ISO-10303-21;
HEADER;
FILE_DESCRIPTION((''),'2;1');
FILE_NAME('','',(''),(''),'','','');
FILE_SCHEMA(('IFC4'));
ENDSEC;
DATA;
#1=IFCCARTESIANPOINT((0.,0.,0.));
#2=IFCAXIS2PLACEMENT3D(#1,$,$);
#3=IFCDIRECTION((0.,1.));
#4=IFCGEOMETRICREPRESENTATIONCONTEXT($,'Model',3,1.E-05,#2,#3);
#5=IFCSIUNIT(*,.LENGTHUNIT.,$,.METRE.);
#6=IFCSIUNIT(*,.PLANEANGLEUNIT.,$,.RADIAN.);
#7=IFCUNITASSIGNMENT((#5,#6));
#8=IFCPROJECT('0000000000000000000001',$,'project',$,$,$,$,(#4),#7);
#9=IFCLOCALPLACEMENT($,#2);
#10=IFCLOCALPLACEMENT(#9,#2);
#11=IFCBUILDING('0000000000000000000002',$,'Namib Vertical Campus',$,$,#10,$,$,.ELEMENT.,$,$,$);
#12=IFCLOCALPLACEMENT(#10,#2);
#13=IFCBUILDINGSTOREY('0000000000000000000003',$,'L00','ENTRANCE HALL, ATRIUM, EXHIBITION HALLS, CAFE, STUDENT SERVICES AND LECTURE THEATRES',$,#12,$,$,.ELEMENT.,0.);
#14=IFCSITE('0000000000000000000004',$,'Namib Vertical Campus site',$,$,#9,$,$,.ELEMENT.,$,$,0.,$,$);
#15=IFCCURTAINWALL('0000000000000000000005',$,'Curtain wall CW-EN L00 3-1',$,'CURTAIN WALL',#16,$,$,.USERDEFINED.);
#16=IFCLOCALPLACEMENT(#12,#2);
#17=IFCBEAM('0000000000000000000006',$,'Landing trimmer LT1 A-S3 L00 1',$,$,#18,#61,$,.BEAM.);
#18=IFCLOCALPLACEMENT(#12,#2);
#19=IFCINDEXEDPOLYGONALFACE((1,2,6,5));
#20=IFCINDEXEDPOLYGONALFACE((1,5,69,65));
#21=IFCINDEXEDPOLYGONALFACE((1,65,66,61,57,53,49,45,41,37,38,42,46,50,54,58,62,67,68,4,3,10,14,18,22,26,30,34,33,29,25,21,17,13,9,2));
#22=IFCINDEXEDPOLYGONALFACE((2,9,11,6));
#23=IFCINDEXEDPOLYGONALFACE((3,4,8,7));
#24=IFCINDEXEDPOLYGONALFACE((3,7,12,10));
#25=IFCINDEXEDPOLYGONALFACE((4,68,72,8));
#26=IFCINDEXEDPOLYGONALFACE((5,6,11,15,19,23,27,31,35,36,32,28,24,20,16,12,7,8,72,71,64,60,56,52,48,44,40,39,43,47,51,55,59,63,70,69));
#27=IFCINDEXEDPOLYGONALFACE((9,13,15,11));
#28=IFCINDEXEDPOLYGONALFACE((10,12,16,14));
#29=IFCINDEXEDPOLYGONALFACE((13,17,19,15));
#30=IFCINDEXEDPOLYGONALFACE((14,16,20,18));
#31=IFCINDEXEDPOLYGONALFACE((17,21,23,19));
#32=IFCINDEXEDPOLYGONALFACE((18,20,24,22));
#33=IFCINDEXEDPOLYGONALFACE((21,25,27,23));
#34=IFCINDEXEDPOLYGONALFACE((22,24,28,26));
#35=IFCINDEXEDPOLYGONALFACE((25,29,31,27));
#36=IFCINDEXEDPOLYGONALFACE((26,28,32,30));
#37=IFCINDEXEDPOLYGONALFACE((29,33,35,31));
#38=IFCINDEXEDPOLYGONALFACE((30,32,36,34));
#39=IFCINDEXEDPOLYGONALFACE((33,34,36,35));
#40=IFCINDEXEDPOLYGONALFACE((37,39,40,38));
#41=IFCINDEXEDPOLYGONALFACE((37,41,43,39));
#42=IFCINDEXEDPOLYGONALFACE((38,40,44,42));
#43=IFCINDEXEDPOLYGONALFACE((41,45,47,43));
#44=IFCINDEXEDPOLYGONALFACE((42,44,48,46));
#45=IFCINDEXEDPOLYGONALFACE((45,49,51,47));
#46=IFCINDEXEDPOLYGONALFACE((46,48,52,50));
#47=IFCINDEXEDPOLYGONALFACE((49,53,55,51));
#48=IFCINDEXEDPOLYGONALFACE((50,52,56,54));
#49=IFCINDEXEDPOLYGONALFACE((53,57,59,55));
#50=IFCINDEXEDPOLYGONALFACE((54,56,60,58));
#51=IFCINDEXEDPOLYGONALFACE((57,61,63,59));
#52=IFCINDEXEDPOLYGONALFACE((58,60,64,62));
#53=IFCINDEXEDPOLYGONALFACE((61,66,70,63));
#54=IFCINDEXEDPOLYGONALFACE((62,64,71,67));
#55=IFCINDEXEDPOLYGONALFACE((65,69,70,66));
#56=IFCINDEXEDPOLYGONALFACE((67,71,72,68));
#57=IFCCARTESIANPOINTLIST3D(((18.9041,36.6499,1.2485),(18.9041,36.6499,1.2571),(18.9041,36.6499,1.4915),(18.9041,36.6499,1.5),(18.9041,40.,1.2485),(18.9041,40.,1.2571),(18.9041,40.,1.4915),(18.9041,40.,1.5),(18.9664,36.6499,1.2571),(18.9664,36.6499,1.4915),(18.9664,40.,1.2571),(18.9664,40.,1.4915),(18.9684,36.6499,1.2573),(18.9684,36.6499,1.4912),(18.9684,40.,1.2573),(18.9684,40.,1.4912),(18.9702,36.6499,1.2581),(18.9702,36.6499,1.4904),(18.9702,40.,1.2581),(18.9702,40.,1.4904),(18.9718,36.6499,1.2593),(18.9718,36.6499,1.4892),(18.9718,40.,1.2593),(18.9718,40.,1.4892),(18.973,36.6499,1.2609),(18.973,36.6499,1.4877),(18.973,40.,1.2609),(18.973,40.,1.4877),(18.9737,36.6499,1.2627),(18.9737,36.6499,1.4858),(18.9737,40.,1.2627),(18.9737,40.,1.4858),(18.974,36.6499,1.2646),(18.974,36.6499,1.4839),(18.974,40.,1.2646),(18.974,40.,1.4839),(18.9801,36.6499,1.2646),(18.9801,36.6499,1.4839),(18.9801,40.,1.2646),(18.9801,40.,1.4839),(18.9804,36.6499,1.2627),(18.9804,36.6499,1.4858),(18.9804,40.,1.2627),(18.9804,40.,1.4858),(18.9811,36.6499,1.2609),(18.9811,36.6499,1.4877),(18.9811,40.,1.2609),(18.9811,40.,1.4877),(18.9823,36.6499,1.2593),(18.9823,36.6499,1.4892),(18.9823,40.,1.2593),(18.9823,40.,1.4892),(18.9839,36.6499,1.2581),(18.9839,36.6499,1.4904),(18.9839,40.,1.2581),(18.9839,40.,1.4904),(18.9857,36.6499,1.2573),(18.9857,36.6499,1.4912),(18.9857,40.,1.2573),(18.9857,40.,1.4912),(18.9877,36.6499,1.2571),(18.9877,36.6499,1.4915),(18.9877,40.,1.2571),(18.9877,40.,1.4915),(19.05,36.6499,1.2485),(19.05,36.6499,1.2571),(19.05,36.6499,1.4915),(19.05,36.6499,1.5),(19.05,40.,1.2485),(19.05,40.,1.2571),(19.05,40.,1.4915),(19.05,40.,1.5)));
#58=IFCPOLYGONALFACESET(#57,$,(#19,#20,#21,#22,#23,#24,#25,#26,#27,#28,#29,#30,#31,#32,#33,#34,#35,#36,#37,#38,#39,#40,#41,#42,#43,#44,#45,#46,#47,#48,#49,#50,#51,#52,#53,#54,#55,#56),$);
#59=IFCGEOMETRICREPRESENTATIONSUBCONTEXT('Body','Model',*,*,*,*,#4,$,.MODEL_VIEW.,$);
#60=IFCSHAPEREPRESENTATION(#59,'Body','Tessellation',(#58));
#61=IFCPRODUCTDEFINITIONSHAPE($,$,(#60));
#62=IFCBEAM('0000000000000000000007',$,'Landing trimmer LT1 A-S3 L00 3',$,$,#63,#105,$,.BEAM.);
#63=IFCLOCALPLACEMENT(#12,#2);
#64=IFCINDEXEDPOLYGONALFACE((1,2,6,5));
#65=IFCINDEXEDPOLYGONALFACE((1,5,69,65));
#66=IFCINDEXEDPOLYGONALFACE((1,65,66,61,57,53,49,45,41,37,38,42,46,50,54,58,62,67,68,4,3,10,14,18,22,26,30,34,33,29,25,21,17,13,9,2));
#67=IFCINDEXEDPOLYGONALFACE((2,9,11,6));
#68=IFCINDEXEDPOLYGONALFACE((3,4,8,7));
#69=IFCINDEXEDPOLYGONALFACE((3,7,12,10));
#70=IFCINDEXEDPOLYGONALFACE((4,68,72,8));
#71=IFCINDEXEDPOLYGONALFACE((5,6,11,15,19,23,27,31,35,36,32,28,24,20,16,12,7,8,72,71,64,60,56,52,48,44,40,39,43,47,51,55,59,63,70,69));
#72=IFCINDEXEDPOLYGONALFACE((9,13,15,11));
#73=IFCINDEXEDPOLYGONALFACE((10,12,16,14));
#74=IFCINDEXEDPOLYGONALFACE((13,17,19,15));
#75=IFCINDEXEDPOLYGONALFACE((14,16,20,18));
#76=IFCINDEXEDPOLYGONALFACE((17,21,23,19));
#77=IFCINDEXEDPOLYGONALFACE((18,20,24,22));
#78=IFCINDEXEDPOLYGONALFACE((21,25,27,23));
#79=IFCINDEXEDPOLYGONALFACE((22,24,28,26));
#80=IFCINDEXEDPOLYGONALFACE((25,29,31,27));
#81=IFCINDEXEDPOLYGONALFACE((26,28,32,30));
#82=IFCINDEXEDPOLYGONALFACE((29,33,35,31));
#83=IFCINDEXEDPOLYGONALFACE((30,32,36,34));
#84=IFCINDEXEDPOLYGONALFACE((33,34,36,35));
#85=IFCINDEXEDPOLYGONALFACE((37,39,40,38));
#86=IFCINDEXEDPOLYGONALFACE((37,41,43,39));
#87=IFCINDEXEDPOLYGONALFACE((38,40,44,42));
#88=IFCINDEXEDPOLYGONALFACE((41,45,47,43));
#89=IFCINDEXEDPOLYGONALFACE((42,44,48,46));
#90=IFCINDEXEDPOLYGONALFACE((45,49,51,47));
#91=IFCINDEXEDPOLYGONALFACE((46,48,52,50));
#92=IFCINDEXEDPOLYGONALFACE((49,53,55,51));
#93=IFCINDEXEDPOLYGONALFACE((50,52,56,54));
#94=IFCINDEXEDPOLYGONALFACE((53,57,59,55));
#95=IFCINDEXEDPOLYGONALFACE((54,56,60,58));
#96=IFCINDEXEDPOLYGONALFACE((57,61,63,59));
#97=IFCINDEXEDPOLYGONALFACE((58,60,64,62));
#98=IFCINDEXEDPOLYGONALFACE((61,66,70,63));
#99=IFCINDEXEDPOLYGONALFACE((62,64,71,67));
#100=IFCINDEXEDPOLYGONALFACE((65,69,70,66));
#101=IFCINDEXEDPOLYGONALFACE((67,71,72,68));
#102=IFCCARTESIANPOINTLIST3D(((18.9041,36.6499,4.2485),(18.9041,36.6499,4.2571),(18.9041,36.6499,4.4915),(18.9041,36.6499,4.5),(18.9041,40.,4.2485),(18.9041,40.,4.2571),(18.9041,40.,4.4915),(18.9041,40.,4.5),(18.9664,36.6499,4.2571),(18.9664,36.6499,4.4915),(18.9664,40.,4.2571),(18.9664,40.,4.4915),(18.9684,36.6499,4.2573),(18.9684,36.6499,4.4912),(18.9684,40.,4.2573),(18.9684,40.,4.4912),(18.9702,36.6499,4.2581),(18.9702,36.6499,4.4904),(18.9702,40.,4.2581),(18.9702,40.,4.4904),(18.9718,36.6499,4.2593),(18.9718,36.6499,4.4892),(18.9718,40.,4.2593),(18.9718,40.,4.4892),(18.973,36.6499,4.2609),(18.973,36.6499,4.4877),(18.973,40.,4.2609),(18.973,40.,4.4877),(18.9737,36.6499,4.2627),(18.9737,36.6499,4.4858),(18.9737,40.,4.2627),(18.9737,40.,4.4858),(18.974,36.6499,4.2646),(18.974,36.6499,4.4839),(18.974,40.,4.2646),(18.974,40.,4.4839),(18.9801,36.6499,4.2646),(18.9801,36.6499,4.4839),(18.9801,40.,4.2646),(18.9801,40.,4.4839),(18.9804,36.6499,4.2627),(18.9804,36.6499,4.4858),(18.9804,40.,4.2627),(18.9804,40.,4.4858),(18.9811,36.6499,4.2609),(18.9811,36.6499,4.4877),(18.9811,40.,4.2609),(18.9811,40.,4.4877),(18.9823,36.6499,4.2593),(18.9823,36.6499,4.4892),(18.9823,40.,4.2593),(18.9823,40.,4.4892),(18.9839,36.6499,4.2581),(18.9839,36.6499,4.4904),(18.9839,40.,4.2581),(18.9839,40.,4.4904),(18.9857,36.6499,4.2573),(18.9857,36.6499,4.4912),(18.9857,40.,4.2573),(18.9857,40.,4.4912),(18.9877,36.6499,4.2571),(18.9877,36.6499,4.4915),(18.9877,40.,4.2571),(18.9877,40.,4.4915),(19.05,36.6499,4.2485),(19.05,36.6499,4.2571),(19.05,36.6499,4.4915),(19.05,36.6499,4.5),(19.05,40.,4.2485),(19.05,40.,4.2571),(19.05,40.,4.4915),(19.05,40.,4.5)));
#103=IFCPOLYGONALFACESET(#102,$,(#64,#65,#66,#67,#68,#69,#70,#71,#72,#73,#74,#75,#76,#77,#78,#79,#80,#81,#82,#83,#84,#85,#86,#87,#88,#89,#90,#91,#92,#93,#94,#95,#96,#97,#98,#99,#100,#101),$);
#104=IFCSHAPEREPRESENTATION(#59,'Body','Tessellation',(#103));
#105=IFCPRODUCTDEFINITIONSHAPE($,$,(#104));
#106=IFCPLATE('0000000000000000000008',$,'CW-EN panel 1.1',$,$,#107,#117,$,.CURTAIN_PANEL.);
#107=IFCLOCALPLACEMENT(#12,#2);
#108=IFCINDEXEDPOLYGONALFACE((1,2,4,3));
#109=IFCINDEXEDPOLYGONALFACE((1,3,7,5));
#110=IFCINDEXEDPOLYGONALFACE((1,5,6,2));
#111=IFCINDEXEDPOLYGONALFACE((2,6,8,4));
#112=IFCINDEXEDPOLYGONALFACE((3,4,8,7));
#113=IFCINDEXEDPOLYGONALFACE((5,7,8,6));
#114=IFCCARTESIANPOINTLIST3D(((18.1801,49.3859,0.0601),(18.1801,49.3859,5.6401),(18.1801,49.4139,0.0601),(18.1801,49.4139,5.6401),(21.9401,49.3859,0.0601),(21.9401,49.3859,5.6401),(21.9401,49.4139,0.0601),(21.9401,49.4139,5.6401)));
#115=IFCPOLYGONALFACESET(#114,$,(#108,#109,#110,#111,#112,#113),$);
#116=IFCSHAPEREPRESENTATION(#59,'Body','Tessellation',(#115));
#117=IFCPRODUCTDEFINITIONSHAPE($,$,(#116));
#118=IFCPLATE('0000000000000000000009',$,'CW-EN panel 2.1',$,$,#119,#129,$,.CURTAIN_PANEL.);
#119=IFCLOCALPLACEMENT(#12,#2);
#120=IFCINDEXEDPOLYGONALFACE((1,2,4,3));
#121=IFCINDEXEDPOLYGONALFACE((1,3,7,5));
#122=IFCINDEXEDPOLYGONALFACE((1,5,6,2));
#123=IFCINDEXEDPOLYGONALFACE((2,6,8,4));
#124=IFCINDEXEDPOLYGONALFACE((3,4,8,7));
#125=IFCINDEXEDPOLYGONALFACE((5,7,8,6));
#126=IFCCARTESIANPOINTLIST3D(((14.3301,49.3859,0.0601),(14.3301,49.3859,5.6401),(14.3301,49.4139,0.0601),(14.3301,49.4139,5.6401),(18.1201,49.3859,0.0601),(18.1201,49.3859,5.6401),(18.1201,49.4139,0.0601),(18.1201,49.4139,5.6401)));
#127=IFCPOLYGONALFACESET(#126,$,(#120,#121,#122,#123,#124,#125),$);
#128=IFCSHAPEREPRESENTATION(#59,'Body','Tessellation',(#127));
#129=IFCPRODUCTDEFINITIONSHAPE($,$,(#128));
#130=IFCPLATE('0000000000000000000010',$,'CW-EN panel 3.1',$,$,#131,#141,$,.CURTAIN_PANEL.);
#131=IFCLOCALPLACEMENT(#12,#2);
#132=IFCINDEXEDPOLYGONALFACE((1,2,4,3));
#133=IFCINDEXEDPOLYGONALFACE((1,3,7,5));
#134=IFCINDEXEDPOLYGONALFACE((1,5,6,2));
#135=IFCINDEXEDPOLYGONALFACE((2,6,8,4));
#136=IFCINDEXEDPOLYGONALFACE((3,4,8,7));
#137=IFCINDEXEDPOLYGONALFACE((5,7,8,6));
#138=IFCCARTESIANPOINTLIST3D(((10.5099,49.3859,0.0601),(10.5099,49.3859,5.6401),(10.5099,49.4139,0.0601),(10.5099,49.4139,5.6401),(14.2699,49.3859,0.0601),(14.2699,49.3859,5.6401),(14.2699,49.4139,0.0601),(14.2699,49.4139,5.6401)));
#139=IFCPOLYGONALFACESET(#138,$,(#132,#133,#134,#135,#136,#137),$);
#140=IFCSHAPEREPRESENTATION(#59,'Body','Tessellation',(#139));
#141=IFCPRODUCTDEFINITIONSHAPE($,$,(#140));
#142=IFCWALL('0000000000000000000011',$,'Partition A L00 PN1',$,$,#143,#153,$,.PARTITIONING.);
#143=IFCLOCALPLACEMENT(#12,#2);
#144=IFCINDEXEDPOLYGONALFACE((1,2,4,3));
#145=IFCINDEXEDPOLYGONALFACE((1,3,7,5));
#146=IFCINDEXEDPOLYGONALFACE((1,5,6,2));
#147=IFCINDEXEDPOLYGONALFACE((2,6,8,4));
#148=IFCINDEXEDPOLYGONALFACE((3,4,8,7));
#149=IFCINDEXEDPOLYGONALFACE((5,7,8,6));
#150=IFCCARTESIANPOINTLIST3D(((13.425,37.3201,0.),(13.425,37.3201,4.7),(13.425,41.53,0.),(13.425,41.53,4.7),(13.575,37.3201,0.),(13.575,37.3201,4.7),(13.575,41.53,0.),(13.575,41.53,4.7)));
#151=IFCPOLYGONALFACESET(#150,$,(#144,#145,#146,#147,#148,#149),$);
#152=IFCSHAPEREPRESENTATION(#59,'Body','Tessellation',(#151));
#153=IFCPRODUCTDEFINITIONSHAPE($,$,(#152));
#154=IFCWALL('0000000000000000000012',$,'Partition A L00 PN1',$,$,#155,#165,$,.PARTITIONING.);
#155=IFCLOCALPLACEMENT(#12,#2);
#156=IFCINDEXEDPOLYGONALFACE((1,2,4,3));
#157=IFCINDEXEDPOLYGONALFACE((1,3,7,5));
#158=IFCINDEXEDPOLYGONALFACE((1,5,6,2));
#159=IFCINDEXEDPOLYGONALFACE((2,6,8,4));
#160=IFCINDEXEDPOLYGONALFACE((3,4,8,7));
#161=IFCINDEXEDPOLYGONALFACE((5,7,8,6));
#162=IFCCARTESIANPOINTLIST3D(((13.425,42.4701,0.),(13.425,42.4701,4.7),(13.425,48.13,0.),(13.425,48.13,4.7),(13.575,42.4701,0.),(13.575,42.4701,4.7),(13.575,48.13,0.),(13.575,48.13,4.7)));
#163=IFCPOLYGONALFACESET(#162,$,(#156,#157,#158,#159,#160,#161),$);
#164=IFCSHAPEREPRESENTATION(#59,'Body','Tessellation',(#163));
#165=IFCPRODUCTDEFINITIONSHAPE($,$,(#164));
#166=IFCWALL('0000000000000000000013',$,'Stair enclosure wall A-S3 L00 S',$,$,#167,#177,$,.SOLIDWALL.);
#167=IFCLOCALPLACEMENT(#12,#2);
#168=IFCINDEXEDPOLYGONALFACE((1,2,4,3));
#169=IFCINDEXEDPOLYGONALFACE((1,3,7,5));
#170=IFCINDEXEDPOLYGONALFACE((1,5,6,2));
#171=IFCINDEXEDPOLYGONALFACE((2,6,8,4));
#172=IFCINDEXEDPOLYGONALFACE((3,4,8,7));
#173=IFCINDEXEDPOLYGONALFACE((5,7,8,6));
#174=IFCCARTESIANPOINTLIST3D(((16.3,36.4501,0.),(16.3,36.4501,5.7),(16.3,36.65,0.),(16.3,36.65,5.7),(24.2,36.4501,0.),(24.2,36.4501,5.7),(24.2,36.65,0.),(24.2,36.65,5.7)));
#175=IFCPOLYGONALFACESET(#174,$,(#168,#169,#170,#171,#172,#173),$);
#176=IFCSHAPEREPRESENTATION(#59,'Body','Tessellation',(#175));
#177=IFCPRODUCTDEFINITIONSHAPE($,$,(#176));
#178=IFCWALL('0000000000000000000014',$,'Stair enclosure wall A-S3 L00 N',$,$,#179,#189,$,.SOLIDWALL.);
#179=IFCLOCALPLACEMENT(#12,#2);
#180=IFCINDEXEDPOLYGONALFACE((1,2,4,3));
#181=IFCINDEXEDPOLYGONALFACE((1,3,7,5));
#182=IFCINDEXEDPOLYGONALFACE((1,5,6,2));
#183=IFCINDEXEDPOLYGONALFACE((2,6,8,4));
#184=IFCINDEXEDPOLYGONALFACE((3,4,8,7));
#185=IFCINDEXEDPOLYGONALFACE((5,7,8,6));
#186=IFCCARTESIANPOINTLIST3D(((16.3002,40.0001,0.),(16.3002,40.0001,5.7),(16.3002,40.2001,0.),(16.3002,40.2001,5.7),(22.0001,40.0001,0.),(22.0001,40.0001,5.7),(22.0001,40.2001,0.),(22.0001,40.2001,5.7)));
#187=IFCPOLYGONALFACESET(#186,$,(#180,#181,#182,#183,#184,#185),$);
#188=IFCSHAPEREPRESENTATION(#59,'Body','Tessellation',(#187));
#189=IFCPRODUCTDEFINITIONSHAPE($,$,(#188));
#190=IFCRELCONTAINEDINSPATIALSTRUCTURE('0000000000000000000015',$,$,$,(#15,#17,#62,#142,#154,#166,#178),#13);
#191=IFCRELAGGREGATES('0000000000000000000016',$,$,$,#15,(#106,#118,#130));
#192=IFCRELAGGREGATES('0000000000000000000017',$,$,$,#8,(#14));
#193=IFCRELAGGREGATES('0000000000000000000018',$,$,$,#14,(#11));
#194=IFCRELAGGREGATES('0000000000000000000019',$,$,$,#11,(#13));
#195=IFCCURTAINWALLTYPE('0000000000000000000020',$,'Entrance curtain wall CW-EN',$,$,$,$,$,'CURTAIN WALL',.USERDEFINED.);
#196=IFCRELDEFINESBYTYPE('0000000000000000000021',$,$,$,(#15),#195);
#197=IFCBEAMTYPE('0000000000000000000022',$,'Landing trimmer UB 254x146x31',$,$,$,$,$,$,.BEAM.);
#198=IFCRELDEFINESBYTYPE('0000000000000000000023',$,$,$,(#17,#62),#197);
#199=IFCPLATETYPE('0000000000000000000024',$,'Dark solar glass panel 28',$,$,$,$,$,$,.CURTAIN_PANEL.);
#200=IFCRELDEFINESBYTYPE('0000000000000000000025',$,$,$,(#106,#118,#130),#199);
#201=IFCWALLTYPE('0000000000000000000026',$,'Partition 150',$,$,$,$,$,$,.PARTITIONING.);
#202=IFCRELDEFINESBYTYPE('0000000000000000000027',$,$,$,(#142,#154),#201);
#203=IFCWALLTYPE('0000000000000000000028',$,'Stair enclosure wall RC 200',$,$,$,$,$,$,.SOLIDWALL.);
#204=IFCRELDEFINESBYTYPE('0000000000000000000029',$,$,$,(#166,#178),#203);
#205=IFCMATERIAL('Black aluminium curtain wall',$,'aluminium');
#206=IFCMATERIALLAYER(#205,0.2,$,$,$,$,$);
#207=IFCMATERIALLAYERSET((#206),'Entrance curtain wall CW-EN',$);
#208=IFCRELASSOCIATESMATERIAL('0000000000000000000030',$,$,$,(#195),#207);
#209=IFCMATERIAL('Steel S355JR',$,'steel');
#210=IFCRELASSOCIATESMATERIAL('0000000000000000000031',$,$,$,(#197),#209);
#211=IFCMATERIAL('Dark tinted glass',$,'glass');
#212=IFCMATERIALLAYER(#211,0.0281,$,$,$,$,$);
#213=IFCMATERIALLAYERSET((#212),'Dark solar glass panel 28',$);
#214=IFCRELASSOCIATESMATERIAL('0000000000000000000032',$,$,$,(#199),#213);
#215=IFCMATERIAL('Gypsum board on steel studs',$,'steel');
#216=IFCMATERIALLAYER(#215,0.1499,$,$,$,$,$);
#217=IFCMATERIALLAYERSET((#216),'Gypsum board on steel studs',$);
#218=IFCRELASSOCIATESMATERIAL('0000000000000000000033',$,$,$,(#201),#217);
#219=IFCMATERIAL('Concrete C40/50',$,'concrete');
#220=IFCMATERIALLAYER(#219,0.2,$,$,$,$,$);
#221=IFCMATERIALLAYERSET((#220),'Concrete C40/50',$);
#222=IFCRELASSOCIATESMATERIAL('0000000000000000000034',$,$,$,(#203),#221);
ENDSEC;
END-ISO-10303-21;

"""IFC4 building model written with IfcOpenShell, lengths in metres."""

from ifc_helpers import new_model, si_unit, direction, frame, frame_2d, origin, origin_2d, place, context, subcontext, project, spatial, rectangle, i_section, extrude, material, layer, layer_set, material_profile, profile_set, type_object, element, aggregate, save


model = new_model("IFC4")

# Units and contexts
model_context = context("Model", 3, precision=1e-05, world=origin(), true_north=direction((0.0, 1.0)))
body_context = subcontext(model_context, "Body", "Model", "MODEL_VIEW")
ifc_project = project(units=[si_unit("LENGTHUNIT", "METRE"), si_unit("PLANEANGLEUNIT", "RADIAN")], contexts=[model_context])

# Site, building, storey
site_placement = place(None, origin())
site = spatial("IfcSite", under=ifc_project, at=site_placement, Name="Namib Vertical Campus site", CompositionType="ELEMENT", RefElevation=0.0)
building_placement = place(site_placement, origin())
building = spatial("IfcBuilding", under=site, at=building_placement, Name="Namib Vertical Campus", CompositionType="ELEMENT")
storey_placement = place(building_placement, origin())
storey = spatial("IfcBuildingStorey", under=building, at=storey_placement, Name="L00", Description="ENTRANCE HALL, ATRIUM, EXHIBITION HALLS, CAFE, STUDENT SERVICES AND LECTURE THEATRES", CompositionType="ELEMENT", Elevation=0.0)

# Curtain wall
ifc_material_1 = material(Name="Black aluminium curtain wall", Category="aluminium")
ifc_layer_1 = layer(ifc_material_1, 0.2)
ifc_layer_set_1 = layer_set([ifc_layer_1], Name="Entrance curtain wall CW-EN")
curtain_wall_type = type_object("IfcCurtainWallType", Name="Entrance curtain wall CW-EN", ElementType="CURTAIN WALL", PredefinedType="USERDEFINED", material=ifc_layer_set_1)
curtain_wall_placement = place(storey_placement, origin())
curtain_wall = element("IfcCurtainWall", 1, at=curtain_wall_placement, inside=storey, type_object=curtain_wall_type, Name="Curtain wall CW-EN L00 3-1", ObjectType="CURTAIN WALL", PredefinedType="USERDEFINED")

# Beams
ifc_material_2 = material(Name="Steel S355JR", Category="steel")
ifc_material_profile_1 = material_profile(ifc_material_2, i_section(OverallWidth=0.146, OverallDepth=0.2515, WebThickness=0.0061, FlangeThickness=0.0085, FilletRadius=0.0076, at=origin_2d()))
ifc_profile_set_1 = profile_set([ifc_material_profile_1], Name="Steel S355JR")
beam_type = type_object("IfcBeamType", Name="Landing trimmer UB 254x146x31", PredefinedType="BEAM", material=ifc_profile_set_1)
for number, where, z_axis, x_axis, name in (
    (2, (18.9771, 36.6499, 1.3743), (0.0, 1.0, 0.0), (-1.0, 0.0, 0.0), "Landing trimmer LT1 A-S3 L00 1"),
    (3, (18.9771, 36.6499, 4.3743), (0.0, 1.0, 0.0), (-1.0, 0.0, 0.0), "Landing trimmer LT1 A-S3 L00 3"),
):
    element("IfcBeam", number, at=place(storey_placement, frame(where, z_axis=z_axis, x_axis=x_axis)), inside=storey, type_object=beam_type, Name=name, PredefinedType="BEAM", context=body_context, shape_type="SweptSolid", body=[
        extrude(i_section(OverallWidth=0.146, OverallDepth=0.2515, WebThickness=0.0061, FlangeThickness=0.0085, FilletRadius=0.0076, at=origin_2d()), origin(), (0.0, 0.0, 1.0), 3.3501),
    ])

# Plates
ifc_material_3 = material(Name="Dark tinted glass", Category="glass")
ifc_layer_2 = layer(ifc_material_3, 0.0281)
ifc_layer_set_2 = layer_set([ifc_layer_2], Name="Dark solar glass panel 28")
plate_type = type_object("IfcPlateType", Name="Dark solar glass panel 28", PredefinedType="CURTAIN_PANEL", material=ifc_layer_set_2)
plate_1_placement = place(storey_placement, frame((20.0601, 49.3999, 0.0601), z_axis=(0.0, 0.0, 1.0), x_axis=(-1.0, 0.0, 0.0)))
plate_1 = element("IfcPlate", 4, at=plate_1_placement, type_object=plate_type, Name="CW-EN panel 1.1", PredefinedType="CURTAIN_PANEL", context=body_context, shape_type="SweptSolid", body=[
    extrude(rectangle(XDim=3.76, YDim=0.0281, at=origin_2d()), origin(), (0.0, 0.0, 1.0), 5.5801),
])
plate_2_placement = place(storey_placement, frame((16.2251, 49.3999, 0.0601), z_axis=(0.0, 0.0, 1.0), x_axis=(-1.0, 0.0, 0.0)))
plate_2 = element("IfcPlate", 5, at=plate_2_placement, type_object=plate_type, Name="CW-EN panel 2.1", PredefinedType="CURTAIN_PANEL", context=body_context, shape_type="SweptSolid", body=[
    extrude(rectangle(XDim=3.79, YDim=0.0281, at=origin_2d()), origin(), (0.0, 0.0, 1.0), 5.5801),
])
plate_3_placement = place(storey_placement, frame((12.3899, 49.3999, 0.0601), z_axis=(0.0, 0.0, 1.0), x_axis=(-1.0, 0.0, 0.0)))
plate_3 = element("IfcPlate", 6, at=plate_3_placement, type_object=plate_type, Name="CW-EN panel 3.1", PredefinedType="CURTAIN_PANEL", context=body_context, shape_type="SweptSolid", body=[
    extrude(rectangle(XDim=3.76, YDim=0.0281, at=origin_2d()), origin(), (0.0, 0.0, 1.0), 5.5801),
])
aggregate(curtain_wall, [plate_1, plate_2, plate_3])

# Walls
ifc_material_4 = material(Name="Gypsum board on steel studs", Category="steel")
ifc_layer_3 = layer(ifc_material_4, 0.1499)
ifc_layer_set_3 = layer_set([ifc_layer_3], Name="Gypsum board on steel studs")
wall_type_1 = type_object("IfcWallType", Name="Partition 150", PredefinedType="PARTITIONING", material=ifc_layer_set_3)
wall_1_placement = place(storey_placement, frame((13.5, 37.3201, 0.0), z_axis=(0.0, 0.0, 1.0), x_axis=(0.0, 1.0, 0.0)))
element("IfcWall", 7, at=wall_1_placement, inside=storey, type_object=wall_type_1, Name="Partition A L00 PN1", PredefinedType="PARTITIONING", context=body_context, shape_type="SweptSolid", body=[
    extrude(rectangle(XDim=4.21, YDim=0.1499, at=frame_2d((2.105, 0.0))), origin(), (0.0, 0.0, 1.0), 4.7),
])
wall_2_placement = place(storey_placement, frame((13.5, 42.47, 0.0), z_axis=(0.0, 0.0, 1.0), x_axis=(0.0, 1.0, 0.0)))
element("IfcWall", 8, at=wall_2_placement, inside=storey, type_object=wall_type_1, Name="Partition A L00 PN1", PredefinedType="PARTITIONING", context=body_context, shape_type="SweptSolid", body=[
    extrude(rectangle(XDim=5.6599, YDim=0.1499, at=frame_2d((2.8301, 0.0))), origin(), (0.0, 0.0, 1.0), 4.7),
])
ifc_material_5 = material(Name="Concrete C40/50", Category="concrete")
ifc_layer_4 = layer(ifc_material_5, 0.2)
ifc_layer_set_4 = layer_set([ifc_layer_4], Name="Concrete C40/50")
wall_type_2 = type_object("IfcWallType", Name="Stair enclosure wall RC 200", PredefinedType="SOLIDWALL", material=ifc_layer_set_4)
wall_3_placement = place(storey_placement, frame((16.3, 36.55, 0.0), z_axis=(0.0, 0.0, 1.0), x_axis=(1.0, 0.0, 0.0)))
element("IfcWall", 9, at=wall_3_placement, inside=storey, type_object=wall_type_2, Name="Stair enclosure wall A-S3 L00 S", PredefinedType="SOLIDWALL", context=body_context, shape_type="SweptSolid", body=[
    extrude(rectangle(XDim=7.8999, YDim=0.2, at=frame_2d((3.95, 0.0))), origin(), (0.0, 0.0, 1.0), 5.7),
])
wall_4_placement = place(storey_placement, frame((16.3, 40.1001, 0.0), z_axis=(0.0, 0.0, 1.0), x_axis=(1.0, 0.0, 0.0)))
element("IfcWall", 10, at=wall_4_placement, inside=storey, type_object=wall_type_2, Name="Stair enclosure wall A-S3 L00 N", PredefinedType="SOLIDWALL", context=body_context, shape_type="SweptSolid", body=[
    extrude(rectangle(XDim=5.7, YDim=0.2, at=frame_2d((2.8501, 0.0))), origin(), (0.0, 0.0, 1.0), 5.7),
])

save(model, "model.ifc")
